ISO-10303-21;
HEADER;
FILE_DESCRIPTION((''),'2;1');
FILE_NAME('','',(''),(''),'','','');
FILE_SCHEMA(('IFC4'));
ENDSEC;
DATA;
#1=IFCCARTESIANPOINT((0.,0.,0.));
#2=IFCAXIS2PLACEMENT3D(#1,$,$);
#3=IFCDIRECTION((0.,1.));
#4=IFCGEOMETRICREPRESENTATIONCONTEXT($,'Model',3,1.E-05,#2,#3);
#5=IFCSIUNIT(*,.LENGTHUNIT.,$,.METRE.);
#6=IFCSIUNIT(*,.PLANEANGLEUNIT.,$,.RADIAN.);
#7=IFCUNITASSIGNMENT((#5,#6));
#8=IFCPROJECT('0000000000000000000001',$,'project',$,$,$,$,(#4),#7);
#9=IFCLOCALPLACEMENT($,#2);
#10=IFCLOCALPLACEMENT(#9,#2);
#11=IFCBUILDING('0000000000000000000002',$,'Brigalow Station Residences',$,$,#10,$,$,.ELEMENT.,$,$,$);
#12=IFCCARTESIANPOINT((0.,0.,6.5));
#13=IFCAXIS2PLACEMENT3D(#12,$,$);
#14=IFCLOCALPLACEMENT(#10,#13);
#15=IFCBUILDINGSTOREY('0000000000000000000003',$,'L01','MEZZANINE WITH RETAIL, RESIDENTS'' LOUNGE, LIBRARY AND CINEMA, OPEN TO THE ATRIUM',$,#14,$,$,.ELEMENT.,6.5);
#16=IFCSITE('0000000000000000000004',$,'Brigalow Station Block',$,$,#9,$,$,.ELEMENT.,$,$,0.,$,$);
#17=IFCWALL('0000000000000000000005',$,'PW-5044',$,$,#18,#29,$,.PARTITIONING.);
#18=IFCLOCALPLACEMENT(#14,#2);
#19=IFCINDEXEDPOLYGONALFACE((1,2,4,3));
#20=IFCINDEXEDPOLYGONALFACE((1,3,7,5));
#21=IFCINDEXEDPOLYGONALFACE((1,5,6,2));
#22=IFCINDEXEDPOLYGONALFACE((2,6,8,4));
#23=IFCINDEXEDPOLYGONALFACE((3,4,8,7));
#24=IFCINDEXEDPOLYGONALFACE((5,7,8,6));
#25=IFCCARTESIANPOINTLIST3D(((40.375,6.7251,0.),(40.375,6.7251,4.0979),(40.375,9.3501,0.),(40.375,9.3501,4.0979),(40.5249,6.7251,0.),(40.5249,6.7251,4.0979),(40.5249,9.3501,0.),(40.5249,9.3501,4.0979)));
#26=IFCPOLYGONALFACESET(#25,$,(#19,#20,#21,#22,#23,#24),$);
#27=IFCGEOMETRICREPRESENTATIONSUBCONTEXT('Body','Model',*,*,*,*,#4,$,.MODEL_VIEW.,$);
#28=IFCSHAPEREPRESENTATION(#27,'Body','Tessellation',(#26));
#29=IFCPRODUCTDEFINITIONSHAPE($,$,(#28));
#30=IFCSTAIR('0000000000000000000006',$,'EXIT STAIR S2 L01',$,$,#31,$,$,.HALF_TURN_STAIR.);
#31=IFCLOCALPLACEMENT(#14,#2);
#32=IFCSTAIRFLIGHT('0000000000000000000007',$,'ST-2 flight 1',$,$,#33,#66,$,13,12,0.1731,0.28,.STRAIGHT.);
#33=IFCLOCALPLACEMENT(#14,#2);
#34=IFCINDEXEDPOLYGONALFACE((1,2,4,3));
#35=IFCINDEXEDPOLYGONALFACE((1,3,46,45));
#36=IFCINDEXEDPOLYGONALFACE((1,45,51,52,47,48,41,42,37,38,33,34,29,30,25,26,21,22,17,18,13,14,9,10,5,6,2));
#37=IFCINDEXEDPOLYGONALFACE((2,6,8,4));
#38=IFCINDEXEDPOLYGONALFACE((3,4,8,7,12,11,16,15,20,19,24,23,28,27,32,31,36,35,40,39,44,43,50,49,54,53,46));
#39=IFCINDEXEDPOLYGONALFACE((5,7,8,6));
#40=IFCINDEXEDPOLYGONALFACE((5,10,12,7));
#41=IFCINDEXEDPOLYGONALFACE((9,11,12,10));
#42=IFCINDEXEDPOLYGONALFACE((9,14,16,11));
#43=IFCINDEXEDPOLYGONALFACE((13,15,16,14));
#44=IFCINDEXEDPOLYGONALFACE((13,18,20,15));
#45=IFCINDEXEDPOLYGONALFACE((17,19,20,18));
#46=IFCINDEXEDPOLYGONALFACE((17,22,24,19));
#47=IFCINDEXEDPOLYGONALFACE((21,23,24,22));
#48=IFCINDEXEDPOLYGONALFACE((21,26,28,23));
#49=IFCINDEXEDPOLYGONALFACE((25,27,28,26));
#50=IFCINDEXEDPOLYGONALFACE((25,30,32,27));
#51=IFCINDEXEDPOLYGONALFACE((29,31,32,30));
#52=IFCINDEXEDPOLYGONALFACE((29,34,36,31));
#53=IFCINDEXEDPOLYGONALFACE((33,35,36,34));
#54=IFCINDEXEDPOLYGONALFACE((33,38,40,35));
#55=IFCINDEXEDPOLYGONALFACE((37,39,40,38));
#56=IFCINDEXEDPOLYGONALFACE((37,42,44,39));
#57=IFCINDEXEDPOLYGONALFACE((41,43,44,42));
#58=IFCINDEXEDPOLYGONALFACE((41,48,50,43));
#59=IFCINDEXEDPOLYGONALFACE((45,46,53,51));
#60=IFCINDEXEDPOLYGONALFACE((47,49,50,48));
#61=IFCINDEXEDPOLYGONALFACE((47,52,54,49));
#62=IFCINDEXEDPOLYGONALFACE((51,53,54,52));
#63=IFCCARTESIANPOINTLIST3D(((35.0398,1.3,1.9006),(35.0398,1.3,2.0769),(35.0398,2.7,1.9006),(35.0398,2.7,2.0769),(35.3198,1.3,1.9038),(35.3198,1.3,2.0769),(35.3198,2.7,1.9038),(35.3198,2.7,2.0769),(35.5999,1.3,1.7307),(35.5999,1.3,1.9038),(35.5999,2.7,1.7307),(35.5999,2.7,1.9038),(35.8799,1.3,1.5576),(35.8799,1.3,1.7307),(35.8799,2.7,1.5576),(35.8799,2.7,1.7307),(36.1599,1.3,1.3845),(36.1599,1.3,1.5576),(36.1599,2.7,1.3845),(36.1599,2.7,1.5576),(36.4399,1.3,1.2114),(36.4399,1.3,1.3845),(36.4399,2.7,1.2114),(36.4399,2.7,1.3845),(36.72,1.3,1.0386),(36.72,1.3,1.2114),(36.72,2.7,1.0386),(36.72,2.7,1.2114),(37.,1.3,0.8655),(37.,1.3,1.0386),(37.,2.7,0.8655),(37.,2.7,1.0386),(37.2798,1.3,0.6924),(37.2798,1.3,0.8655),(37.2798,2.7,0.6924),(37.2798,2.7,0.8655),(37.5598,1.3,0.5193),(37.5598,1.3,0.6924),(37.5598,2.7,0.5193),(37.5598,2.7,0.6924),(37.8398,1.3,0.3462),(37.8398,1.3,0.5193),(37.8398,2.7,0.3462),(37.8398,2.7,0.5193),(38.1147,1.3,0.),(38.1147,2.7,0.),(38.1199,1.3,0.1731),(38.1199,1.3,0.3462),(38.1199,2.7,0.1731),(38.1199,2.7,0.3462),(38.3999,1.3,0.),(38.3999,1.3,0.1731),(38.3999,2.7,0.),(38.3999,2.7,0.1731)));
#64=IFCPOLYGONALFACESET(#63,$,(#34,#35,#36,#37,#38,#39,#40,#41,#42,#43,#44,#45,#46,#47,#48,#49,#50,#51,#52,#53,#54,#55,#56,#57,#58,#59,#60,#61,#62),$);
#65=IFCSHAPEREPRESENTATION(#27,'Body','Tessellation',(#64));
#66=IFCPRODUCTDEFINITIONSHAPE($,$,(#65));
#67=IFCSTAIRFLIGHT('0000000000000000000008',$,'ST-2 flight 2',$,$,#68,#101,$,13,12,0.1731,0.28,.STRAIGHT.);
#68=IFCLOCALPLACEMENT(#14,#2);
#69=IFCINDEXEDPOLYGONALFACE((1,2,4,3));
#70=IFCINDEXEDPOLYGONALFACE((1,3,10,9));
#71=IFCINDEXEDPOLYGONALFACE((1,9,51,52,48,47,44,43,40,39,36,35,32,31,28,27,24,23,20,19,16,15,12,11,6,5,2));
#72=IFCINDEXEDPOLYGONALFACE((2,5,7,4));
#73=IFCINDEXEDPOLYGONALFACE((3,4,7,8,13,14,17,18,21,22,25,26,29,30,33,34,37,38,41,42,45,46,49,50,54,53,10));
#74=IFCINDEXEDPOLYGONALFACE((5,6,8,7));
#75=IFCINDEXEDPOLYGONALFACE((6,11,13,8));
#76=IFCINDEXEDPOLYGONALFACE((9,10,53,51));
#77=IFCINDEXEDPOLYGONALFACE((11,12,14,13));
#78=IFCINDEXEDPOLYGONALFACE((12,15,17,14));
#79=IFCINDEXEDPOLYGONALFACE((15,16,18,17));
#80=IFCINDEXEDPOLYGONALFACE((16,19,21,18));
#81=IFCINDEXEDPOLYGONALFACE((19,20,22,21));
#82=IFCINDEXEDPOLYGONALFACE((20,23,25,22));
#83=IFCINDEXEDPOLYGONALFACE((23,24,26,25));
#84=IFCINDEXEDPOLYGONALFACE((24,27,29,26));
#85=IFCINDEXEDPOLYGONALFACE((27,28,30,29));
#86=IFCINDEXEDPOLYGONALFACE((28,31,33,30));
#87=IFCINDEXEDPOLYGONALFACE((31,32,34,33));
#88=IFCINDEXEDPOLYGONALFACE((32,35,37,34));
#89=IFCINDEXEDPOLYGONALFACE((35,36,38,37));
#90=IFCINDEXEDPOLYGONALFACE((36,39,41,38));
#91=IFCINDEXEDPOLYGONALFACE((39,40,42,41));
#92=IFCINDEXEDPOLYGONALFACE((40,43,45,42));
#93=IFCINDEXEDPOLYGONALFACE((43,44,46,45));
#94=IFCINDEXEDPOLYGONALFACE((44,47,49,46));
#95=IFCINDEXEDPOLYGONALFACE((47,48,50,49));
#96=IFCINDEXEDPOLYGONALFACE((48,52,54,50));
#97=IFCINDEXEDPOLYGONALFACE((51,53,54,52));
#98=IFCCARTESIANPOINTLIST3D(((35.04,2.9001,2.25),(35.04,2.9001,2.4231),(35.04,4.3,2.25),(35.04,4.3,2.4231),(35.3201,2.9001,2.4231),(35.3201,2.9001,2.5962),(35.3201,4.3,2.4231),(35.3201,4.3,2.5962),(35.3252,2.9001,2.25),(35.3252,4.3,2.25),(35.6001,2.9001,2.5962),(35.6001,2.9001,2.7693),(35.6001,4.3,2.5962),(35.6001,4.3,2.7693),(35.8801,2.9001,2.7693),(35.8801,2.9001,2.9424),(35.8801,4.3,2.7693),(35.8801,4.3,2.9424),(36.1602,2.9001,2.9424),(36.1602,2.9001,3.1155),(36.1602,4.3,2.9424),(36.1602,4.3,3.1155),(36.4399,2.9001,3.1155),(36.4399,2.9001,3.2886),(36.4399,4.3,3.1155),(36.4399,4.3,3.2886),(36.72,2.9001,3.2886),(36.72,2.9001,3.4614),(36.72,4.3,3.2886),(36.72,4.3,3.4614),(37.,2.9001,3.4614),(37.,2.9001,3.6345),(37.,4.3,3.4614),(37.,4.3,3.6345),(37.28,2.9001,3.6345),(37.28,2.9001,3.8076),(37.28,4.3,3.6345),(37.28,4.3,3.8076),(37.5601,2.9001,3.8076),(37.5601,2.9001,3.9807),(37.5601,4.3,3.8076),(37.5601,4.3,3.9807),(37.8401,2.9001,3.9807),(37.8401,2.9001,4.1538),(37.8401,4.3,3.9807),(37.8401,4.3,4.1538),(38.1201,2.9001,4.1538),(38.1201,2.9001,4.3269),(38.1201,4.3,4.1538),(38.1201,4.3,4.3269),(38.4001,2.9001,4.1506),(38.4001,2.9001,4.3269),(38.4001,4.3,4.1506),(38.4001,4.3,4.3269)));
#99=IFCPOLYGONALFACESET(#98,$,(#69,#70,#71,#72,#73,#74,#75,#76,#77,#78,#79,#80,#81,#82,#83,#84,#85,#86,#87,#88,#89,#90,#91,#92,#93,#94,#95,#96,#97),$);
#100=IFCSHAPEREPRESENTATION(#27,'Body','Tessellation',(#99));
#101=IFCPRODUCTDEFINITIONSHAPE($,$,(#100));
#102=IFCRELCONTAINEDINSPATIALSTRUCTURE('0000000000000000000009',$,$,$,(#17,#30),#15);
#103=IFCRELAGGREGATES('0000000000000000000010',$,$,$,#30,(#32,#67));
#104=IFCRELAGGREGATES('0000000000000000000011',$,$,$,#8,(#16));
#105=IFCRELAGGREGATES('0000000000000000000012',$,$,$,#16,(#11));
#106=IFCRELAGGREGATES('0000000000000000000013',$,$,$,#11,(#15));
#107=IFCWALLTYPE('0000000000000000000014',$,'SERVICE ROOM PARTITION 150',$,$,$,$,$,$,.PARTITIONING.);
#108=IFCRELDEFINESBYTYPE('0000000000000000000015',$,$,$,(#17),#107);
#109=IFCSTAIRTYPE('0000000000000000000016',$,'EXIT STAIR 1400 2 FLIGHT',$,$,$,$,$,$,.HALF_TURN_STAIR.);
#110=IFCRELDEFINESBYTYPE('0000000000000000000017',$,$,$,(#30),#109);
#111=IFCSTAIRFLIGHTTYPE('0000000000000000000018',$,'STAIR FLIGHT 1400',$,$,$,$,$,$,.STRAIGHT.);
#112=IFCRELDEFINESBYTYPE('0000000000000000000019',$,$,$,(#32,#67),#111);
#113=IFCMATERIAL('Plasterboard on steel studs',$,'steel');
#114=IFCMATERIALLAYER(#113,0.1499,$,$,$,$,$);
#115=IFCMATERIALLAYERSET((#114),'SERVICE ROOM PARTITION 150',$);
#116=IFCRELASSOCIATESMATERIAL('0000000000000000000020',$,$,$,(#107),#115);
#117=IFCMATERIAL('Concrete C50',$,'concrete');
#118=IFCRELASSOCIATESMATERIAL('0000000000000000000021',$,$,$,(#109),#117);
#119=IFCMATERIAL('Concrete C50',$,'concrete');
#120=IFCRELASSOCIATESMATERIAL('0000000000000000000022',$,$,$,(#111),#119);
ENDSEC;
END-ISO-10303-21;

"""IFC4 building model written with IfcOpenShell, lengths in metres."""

from ifc_helpers import new_model, si_unit, direction, frame, frame_2d, origin, place, context, subcontext, project, spatial, polyline, rectangle, outline, extrude, material, layer, layer_set, type_object, element, aggregate, save


model = new_model("IFC4")

# Units and contexts
model_context = context("Model", 3, precision=1e-05, world=origin(), true_north=direction((0.0, 1.0)))
body_context = subcontext(model_context, "Body", "Model", "MODEL_VIEW")
ifc_project = project(units=[si_unit("LENGTHUNIT", "METRE"), si_unit("PLANEANGLEUNIT", "RADIAN")], contexts=[model_context])

# Site, building, storey
site_placement = place(None, origin())
site = spatial("IfcSite", under=ifc_project, at=site_placement, Name="Brigalow Station Block", CompositionType="ELEMENT", RefElevation=0.0)
building_placement = place(site_placement, origin())
building = spatial("IfcBuilding", under=site, at=building_placement, Name="Brigalow Station Residences", CompositionType="ELEMENT")
storey_placement = place(building_placement, frame((0.0, 0.0, 6.5)))
storey = spatial("IfcBuildingStorey", under=building, at=storey_placement, Name="L01", Description="MEZZANINE WITH RETAIL, RESIDENTS' LOUNGE, LIBRARY AND CINEMA, OPEN TO THE ATRIUM", CompositionType="ELEMENT", Elevation=6.5)

# Shared definitions
ifc_material_1 = material(Name="Plasterboard on steel studs", Category="steel")
ifc_layer_1 = layer(ifc_material_1, 0.1499)
ifc_layer_set_1 = layer_set([ifc_layer_1], Name="SERVICE ROOM PARTITION 150")
wall_type_1 = type_object("IfcWallType", Name="SERVICE ROOM PARTITION 150", PredefinedType="PARTITIONING", material=ifc_layer_set_1)

# Wall
for number, where, z_axis, x_axis, name in (
    (1, (40.45, 6.7251, 0.0), (0.0, 0.0, 1.0), (0.0, 1.0, 0.0), "PW-5044"),
):
    element("IfcWall", number, at=place(storey_placement, frame(where, z_axis=z_axis, x_axis=x_axis)), inside=storey, type_object=wall_type_1, Name=name, PredefinedType="PARTITIONING", context=body_context, shape_type="SweptSolid", body=[
        extrude(rectangle(XDim=2.625, YDim=0.1499, at=frame_2d((1.3125, 0.0))), origin(), (0.0, 0.0, 1.0), 4.0979),
    ])

# Stair, stair flights
ifc_material_2 = material(Name="Concrete C50", Category="concrete")
stair_type = type_object("IfcStairType", Name="EXIT STAIR 1400 2 FLIGHT", PredefinedType="HALF_TURN_STAIR", material=ifc_material_2)
stair_placement = place(storey_placement, origin())
stair = element("IfcStair", 2, at=stair_placement, inside=storey, type_object=stair_type, Name="EXIT STAIR S2 L01", PredefinedType="HALF_TURN_STAIR")
ifc_material_3 = material(Name="Concrete C50", Category="concrete")
stair_flight_type = type_object("IfcStairFlightType", Name="STAIR FLIGHT 1400", PredefinedType="STRAIGHT", material=ifc_material_3)
stair_flight_1_placement = place(storey_placement, frame((38.3999, 2.0, 0.0), z_axis=(0.0, 0.0, 1.0), x_axis=(-1.0, 0.0, 0.0)))
stair_flight_1 = element("IfcStairFlight", 3, at=stair_flight_1_placement, type_object=stair_flight_type, Name="ST-2 flight 1", NumberOfRisers=13, NumberOfTreads=12, PredefinedType="STRAIGHT", RiserHeight=0.1731, TreadLength=0.28, context=body_context, shape_type="SweptSolid", body=[
    extrude(outline(polyline([(0.0, 0.0), (0.0, 0.1731), (0.28, 0.1731), (0.28, 0.3462), (0.5601, 0.3462), (0.5601, 0.5193), (0.8401, 0.5193), (0.8401, 0.6924), (1.1201, 0.6924), (1.1201, 0.8655), (1.3999, 0.8655), (1.3999, 1.0386), (1.6799, 1.0386), (1.6799, 1.2114), (1.96, 1.2114), (1.96, 1.3845), (2.24, 1.3845), (2.24, 1.5576), (2.52, 1.5576), (2.52, 1.7307), (2.8, 1.7307), (2.8, 1.9038), (3.0801, 1.9038), (3.0801, 2.0769), (3.3601, 2.0769), (3.3601, 2.25), (3.3601, 1.9006), (0.2852, 0.0), (0.0, 0.0)])), frame((0.0, 0.7, 0.0), z_axis=(0.0, -1.0, 0.0), x_axis=(1.0, 0.0, 0.0)), (0.0, 0.0, 1.0), 1.3999),
])
stair_flight_2_placement = place(storey_placement, frame((35.04, 3.6001, 2.25), z_axis=(0.0, 0.0, 1.0), x_axis=(1.0, 0.0, 0.0)))
stair_flight_2 = element("IfcStairFlight", 4, at=stair_flight_2_placement, type_object=stair_flight_type, Name="ST-2 flight 2", NumberOfRisers=13, NumberOfTreads=12, PredefinedType="STRAIGHT", RiserHeight=0.1731, TreadLength=0.28, context=body_context, shape_type="SweptSolid", body=[
    extrude(outline(polyline([(0.0, 0.0), (0.0, 0.1731), (0.28, 0.1731), (0.28, 0.3462), (0.5601, 0.3462), (0.5601, 0.5193), (0.8401, 0.5193), (0.8401, 0.6924), (1.1201, 0.6924), (1.1201, 0.8655), (1.3999, 0.8655), (1.3999, 1.0386), (1.6799, 1.0386), (1.6799, 1.2114), (1.96, 1.2114), (1.96, 1.3845), (2.24, 1.3845), (2.24, 1.5576), (2.52, 1.5576), (2.52, 1.7307), (2.8, 1.7307), (2.8, 1.9038), (3.0801, 1.9038), (3.0801, 2.0769), (3.3601, 2.0769), (3.3601, 2.25), (3.3601, 1.9006), (0.2852, 0.0), (0.0, 0.0)])), frame((0.0, 0.7, 0.0), z_axis=(0.0, -1.0, 0.0), x_axis=(1.0, 0.0, 0.0)), (0.0, 0.0, 1.0), 1.3999),
])
aggregate(stair, [stair_flight_1, stair_flight_2])

save(model, "model.ifc")
